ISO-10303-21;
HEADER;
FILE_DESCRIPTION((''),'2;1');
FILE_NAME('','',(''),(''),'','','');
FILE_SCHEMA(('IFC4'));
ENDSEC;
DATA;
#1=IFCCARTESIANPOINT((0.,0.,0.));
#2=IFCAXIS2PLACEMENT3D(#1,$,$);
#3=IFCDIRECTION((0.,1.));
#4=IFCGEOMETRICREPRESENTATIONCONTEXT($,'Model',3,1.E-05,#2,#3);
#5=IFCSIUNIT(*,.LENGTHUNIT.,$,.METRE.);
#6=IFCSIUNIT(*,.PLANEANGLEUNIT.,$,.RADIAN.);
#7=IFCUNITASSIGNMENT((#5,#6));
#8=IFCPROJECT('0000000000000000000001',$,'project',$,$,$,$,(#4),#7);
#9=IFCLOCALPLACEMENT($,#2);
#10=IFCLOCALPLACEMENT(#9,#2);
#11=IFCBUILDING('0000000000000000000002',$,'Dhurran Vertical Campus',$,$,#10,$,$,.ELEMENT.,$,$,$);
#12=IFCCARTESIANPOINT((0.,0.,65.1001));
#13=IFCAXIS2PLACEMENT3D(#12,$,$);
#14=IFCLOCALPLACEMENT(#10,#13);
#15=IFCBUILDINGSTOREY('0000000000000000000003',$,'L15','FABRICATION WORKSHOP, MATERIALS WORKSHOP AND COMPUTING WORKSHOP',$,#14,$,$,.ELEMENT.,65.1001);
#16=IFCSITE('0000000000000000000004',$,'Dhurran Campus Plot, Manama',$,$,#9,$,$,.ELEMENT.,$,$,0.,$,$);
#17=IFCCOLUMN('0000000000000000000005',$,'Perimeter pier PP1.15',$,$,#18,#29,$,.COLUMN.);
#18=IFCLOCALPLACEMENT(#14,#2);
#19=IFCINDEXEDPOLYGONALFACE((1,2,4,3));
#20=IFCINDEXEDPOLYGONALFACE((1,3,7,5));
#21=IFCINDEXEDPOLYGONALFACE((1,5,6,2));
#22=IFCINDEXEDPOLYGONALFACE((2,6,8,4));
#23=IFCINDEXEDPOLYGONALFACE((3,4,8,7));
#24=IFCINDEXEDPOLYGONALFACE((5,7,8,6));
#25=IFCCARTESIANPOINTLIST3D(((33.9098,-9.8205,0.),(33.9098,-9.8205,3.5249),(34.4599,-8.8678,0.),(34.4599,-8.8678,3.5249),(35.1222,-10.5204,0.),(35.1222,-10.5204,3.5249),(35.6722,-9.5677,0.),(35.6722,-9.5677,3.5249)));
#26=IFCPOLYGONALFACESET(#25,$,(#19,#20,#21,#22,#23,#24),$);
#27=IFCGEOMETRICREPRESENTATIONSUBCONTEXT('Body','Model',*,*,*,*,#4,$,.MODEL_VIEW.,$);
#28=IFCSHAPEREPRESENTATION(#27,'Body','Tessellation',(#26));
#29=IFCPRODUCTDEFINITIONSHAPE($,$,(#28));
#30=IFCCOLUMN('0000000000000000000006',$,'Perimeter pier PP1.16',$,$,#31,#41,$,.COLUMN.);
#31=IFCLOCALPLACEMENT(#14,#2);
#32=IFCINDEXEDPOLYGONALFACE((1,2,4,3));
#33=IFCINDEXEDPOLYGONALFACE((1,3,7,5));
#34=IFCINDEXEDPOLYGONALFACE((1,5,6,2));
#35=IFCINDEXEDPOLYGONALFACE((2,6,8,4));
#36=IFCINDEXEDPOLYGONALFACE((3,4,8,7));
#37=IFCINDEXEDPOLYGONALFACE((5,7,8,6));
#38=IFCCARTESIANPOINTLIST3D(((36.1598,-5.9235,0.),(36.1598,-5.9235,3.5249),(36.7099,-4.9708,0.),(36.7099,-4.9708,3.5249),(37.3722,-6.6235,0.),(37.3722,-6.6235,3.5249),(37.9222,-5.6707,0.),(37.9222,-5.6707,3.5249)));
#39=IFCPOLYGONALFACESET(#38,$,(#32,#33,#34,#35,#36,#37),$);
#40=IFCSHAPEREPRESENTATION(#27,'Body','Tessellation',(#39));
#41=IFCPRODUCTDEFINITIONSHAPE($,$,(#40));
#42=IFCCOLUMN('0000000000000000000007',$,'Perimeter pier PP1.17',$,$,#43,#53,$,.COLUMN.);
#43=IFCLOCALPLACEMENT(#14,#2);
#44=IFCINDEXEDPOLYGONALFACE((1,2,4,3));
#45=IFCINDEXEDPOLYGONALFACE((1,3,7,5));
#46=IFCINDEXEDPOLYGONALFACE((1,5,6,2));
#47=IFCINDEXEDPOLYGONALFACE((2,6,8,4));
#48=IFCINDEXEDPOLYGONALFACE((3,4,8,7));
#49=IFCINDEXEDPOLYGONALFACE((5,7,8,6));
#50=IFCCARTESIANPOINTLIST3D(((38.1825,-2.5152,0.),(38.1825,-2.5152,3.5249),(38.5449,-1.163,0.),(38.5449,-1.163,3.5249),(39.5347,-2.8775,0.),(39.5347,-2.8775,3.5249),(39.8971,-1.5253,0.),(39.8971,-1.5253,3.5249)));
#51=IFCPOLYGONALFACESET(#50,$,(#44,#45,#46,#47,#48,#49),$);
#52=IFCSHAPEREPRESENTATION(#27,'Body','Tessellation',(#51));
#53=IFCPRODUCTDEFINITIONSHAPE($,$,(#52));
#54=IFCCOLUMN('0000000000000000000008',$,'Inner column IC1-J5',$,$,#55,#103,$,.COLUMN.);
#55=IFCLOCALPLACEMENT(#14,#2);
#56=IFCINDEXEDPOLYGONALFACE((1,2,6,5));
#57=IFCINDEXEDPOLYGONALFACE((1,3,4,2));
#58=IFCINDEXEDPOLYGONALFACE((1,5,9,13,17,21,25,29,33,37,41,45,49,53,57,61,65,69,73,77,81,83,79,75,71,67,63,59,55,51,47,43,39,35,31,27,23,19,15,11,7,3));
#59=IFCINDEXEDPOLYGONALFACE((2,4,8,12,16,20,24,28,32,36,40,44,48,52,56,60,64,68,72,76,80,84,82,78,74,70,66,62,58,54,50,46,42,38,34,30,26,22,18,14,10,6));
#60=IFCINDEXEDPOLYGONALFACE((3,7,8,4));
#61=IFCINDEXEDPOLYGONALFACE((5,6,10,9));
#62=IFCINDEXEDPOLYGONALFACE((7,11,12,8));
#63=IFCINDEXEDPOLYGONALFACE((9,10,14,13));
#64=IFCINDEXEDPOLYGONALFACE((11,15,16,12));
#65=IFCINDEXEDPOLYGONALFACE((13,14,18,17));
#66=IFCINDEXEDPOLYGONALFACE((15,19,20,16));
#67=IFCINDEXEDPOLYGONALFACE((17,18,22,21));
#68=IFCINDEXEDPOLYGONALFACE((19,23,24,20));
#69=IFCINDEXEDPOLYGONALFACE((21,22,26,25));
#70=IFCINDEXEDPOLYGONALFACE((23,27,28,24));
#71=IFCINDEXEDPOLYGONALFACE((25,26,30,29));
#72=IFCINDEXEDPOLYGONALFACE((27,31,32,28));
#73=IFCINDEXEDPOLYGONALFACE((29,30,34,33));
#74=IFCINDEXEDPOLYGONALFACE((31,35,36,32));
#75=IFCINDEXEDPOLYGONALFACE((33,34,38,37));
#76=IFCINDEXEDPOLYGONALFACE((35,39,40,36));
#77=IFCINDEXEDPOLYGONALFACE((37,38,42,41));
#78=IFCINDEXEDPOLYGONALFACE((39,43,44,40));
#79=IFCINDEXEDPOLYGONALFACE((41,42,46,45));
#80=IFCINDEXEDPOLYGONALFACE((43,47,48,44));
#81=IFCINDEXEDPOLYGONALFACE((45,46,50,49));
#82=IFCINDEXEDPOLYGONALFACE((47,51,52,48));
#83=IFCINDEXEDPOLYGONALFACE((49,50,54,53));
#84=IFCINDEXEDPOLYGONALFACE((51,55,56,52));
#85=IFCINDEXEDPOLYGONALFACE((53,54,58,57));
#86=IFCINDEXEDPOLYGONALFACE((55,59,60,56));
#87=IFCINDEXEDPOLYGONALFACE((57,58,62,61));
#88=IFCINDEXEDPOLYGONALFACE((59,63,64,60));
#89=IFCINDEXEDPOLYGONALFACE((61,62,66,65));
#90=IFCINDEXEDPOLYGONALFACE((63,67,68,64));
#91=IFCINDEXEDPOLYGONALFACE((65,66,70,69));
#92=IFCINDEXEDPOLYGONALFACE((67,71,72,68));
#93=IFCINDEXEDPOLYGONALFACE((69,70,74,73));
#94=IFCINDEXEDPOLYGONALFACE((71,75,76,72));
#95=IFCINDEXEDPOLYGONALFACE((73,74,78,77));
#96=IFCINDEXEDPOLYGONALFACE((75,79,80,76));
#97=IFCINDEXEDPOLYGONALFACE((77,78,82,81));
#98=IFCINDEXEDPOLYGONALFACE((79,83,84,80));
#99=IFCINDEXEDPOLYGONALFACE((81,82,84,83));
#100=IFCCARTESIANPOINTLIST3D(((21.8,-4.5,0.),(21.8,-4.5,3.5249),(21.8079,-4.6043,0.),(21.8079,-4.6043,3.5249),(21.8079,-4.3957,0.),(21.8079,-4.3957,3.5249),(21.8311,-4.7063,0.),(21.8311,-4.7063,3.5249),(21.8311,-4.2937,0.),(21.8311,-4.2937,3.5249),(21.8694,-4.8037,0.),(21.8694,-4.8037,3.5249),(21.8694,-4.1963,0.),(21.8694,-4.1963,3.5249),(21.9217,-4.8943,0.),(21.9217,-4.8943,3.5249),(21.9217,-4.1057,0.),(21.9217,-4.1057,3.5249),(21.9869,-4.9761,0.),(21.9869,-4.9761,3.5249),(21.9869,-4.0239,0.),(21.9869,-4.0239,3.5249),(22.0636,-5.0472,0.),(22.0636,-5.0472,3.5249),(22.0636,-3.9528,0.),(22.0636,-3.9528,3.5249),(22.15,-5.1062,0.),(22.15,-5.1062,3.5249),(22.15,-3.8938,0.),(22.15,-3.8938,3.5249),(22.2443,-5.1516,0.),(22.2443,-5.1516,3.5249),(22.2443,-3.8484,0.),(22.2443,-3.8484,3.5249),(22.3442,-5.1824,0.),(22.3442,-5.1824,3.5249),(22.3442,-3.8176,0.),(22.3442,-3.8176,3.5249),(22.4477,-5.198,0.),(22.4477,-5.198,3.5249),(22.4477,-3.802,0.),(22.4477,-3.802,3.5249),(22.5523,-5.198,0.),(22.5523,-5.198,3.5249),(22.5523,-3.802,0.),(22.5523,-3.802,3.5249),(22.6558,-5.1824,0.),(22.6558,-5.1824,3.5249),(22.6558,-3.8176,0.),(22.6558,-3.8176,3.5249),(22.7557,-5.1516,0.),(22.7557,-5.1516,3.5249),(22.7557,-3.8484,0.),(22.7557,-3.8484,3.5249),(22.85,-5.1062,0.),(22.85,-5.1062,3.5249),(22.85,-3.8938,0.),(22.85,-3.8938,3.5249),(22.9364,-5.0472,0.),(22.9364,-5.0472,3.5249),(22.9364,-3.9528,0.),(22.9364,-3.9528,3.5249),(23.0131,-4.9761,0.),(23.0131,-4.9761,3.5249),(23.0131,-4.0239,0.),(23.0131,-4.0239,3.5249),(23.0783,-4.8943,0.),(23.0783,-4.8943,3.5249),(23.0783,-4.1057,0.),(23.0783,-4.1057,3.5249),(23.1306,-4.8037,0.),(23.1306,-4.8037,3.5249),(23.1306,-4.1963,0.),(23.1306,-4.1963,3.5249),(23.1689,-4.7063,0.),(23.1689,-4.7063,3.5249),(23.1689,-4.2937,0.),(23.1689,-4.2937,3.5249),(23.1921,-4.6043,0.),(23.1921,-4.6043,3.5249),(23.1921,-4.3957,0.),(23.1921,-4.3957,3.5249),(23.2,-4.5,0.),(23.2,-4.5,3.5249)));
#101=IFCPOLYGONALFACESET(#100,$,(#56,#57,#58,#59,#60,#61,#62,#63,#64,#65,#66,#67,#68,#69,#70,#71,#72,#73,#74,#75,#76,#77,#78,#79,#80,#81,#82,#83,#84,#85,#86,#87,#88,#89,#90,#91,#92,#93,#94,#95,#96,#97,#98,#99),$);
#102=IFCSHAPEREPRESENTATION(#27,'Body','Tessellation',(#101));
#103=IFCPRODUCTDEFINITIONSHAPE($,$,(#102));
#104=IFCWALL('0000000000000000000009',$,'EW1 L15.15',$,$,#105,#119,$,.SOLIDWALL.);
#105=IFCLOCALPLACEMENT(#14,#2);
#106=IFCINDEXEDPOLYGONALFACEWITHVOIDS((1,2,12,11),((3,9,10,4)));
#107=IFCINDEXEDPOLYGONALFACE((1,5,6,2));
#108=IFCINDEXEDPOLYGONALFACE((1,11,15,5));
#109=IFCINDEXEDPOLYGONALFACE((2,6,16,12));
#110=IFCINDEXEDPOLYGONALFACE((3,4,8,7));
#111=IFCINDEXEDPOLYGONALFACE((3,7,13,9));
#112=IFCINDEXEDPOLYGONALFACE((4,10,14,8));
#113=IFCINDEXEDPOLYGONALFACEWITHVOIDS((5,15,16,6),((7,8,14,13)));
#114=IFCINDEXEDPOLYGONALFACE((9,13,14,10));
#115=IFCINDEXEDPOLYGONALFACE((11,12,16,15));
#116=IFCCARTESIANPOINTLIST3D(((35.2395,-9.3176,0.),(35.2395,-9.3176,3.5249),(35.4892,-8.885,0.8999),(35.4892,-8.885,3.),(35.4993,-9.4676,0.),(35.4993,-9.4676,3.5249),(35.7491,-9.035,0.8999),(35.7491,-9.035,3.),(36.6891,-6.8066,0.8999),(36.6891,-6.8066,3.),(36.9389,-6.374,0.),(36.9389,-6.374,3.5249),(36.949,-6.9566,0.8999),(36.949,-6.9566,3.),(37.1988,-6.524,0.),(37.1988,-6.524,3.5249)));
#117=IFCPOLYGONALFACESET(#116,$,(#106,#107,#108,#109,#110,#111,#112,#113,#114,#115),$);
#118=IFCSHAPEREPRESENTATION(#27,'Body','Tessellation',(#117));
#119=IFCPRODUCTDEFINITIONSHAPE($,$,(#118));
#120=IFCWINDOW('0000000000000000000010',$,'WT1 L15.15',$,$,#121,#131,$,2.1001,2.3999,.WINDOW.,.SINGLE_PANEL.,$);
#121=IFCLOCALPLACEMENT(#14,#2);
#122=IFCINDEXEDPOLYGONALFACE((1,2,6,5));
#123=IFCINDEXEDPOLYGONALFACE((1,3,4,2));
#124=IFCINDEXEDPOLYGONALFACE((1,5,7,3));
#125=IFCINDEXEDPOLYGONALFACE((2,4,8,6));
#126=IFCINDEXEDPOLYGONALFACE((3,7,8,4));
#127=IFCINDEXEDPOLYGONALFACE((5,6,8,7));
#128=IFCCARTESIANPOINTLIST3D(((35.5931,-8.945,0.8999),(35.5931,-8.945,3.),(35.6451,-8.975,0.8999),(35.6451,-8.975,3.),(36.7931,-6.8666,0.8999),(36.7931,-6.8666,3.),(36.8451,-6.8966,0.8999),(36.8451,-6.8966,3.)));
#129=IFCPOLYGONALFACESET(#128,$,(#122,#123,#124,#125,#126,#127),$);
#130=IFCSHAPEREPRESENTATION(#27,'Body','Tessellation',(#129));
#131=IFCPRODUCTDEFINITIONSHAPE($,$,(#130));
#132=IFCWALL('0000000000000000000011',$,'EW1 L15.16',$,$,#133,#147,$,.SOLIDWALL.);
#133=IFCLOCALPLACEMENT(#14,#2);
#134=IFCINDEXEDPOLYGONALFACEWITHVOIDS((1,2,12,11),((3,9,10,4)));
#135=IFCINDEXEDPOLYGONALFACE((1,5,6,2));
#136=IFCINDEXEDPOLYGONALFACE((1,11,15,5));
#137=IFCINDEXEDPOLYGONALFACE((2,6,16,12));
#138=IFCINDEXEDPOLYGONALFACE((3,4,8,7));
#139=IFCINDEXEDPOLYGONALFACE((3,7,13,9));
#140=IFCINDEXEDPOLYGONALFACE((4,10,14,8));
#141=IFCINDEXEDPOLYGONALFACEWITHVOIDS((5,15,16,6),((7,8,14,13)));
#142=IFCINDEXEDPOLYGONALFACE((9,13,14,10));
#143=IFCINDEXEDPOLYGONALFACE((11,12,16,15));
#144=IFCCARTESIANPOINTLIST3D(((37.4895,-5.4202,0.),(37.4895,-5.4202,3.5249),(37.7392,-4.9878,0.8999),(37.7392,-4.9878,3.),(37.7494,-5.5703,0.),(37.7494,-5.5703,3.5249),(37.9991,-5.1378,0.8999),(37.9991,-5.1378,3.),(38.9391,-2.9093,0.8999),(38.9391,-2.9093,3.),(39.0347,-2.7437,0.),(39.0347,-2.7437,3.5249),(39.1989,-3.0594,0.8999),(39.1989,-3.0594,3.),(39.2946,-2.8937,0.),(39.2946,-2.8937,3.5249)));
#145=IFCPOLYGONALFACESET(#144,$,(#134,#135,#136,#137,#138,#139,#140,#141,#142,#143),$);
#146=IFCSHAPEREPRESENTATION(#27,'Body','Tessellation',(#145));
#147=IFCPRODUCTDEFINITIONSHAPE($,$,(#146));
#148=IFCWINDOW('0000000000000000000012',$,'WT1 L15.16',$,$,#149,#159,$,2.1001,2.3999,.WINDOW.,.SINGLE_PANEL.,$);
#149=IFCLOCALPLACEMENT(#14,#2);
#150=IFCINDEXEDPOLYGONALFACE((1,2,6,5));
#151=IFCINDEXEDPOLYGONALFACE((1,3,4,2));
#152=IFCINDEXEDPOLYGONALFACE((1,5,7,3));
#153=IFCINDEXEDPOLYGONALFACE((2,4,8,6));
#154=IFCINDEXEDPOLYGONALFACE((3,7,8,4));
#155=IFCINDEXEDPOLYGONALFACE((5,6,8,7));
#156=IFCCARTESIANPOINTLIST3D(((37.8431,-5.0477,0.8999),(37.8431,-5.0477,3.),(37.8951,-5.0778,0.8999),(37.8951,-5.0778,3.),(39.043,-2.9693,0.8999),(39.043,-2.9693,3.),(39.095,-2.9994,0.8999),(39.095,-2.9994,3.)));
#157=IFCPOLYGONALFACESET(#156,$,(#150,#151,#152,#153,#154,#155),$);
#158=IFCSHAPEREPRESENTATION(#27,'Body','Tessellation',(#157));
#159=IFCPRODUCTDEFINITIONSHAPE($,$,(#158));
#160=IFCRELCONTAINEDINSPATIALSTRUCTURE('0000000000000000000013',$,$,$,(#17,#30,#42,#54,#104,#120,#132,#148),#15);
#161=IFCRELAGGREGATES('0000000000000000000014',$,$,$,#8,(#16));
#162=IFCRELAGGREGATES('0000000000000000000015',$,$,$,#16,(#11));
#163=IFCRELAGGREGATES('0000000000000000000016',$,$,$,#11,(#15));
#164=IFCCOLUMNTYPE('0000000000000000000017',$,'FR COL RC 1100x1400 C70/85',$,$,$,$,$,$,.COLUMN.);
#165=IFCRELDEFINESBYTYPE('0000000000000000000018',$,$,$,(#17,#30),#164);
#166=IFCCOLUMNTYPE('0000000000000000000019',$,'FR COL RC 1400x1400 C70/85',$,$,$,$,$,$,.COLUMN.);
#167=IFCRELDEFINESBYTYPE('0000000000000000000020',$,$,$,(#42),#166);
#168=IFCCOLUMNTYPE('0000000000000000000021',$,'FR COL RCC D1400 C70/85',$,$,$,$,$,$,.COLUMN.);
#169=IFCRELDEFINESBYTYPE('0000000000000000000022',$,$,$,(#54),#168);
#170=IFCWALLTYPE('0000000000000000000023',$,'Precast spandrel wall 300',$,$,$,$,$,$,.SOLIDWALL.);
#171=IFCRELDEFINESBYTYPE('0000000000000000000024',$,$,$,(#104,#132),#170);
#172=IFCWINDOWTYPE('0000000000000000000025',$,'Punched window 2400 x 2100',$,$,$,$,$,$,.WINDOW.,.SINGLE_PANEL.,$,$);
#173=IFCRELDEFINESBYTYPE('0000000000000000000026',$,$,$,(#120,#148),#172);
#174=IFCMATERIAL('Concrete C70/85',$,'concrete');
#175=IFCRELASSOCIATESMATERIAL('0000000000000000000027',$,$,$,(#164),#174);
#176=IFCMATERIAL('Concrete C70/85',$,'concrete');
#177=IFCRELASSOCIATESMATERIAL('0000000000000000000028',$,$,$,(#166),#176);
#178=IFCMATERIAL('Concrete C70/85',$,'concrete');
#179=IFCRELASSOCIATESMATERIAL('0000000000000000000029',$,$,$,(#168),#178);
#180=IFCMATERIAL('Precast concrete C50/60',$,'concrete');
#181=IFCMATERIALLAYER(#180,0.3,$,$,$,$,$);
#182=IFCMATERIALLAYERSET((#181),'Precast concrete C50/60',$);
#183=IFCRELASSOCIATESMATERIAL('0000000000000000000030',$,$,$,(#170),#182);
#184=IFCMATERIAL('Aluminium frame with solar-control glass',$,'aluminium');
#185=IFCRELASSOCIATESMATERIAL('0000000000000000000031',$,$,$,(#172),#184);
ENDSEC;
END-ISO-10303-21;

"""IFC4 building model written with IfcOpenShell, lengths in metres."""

from ifc_helpers import new_model, si_unit, direction, frame, frame_2d, origin, origin_2d, place, context, subcontext, project, spatial, rectangle, circle, extrude, material, layer, layer_set, material_profile, profile_set, type_object, element, fill, save


model = new_model("IFC4")

# Units and contexts
model_context = context("Model", 3, precision=1e-05, world=origin(), true_north=direction((0.0, 1.0)))
body_context = subcontext(model_context, "Body", "Model", "MODEL_VIEW")
ifc_project = project(units=[si_unit("LENGTHUNIT", "METRE"), si_unit("PLANEANGLEUNIT", "RADIAN")], contexts=[model_context])

# Site, building, storey
site_placement = place(None, origin())
site = spatial("IfcSite", under=ifc_project, at=site_placement, Name="Dhurran Campus Plot, Manama", CompositionType="ELEMENT", RefElevation=0.0)
building_placement = place(site_placement, origin())
building = spatial("IfcBuilding", under=site, at=building_placement, Name="Dhurran Vertical Campus", CompositionType="ELEMENT")
storey_placement = place(building_placement, frame((0.0, 0.0, 65.1001)))
storey = spatial("IfcBuildingStorey", under=building, at=storey_placement, Name="L15", Description="FABRICATION WORKSHOP, MATERIALS WORKSHOP AND COMPUTING WORKSHOP", CompositionType="ELEMENT", Elevation=65.1001)

# Columns
ifc_material_1 = material(Name="Concrete C70/85", Category="concrete")
ifc_material_profile_1 = material_profile(ifc_material_1, rectangle(XDim=1.1001, YDim=1.3999, at=origin_2d()), Name="RC 1100x1400")
ifc_profile_set_1 = profile_set([ifc_material_profile_1], Name="Concrete C70/85")
column_type_1 = type_object("IfcColumnType", Name="FR COL RC 1100x1400 C70/85", PredefinedType="COLUMN", material=ifc_profile_set_1)
for number, where, z_axis, x_axis, name in (
    (1, (34.791, -9.6941, 0.0), (0.0, 0.0, 1.0), (0.5, 0.866025, 0.0), "Perimeter pier PP1.15"),
    (2, (37.041, -5.7971, 0.0), (0.0, 0.0, 1.0), (0.5, 0.866025, 0.0), "Perimeter pier PP1.16"),
):
    element("IfcColumn", number, at=place(storey_placement, frame(where, z_axis=z_axis, x_axis=x_axis)), inside=storey, type_object=column_type_1, Name=name, PredefinedType="COLUMN", context=body_context, shape_type="SweptSolid", body=[
        extrude(rectangle(XDim=1.1001, YDim=1.3999, at=origin_2d()), origin(), (0.0, 0.0, 1.0), 3.5249),
    ])
ifc_material_2 = material(Name="Concrete C70/85", Category="concrete")
ifc_material_profile_2 = material_profile(ifc_material_2, rectangle(XDim=1.3999, YDim=1.3999, at=origin_2d()), Name="RC 1400x1400")
ifc_profile_set_2 = profile_set([ifc_material_profile_2], Name="Concrete C70/85")
column_type_2 = type_object("IfcColumnType", Name="FR COL RC 1400x1400 C70/85", PredefinedType="COLUMN", material=ifc_profile_set_2)
column_1_placement = place(storey_placement, frame((39.0398, -2.0203, 0.0), z_axis=(0.0, 0.0, 1.0), x_axis=(0.258819, 0.965926, 0.0)))
element("IfcColumn", 3, at=column_1_placement, inside=storey, type_object=column_type_2, Name="Perimeter pier PP1.17", PredefinedType="COLUMN", context=body_context, shape_type="SweptSolid", body=[
    extrude(rectangle(XDim=1.3999, YDim=1.3999, at=origin_2d()), origin(), (0.0, 0.0, 1.0), 3.5249),
])
ifc_material_3 = material(Name="Concrete C70/85", Category="concrete")
ifc_material_profile_3 = material_profile(ifc_material_3, circle(Radius=0.7, at=origin_2d()), Name="RCC D1400")
ifc_profile_set_3 = profile_set([ifc_material_profile_3], Name="Concrete C70/85")
column_type_3 = type_object("IfcColumnType", Name="FR COL RCC D1400 C70/85", PredefinedType="COLUMN", material=ifc_profile_set_3)
column_2_placement = place(storey_placement, frame((22.5, -4.5, 0.0), z_axis=(0.0, 0.0, 1.0), x_axis=(1.0, 0.0, 0.0)))
element("IfcColumn", 4, at=column_2_placement, inside=storey, type_object=column_type_3, Name="Inner column IC1-J5", PredefinedType="COLUMN", context=body_context, shape_type="SweptSolid", body=[
    extrude(circle(Radius=0.7, at=origin_2d()), origin(), (0.0, 0.0, 1.0), 3.5249),
])

# Walls, openings, windows
ifc_material_4 = material(Name="Precast concrete C50/60", Category="concrete")
ifc_layer_1 = layer(ifc_material_4, 0.3)
ifc_layer_set_1 = layer_set([ifc_layer_1], Name="Precast concrete C50/60")
wall_type_1 = type_object("IfcWallType", Name="Precast spandrel wall 300", PredefinedType="SOLIDWALL", material=ifc_layer_set_1)
wall_1_placement = place(storey_placement, frame((35.3694, -9.3926, 0.0), z_axis=(0.0, 0.0, 1.0), x_axis=(0.499994, 0.866029, 0.0)))
wall_1 = element("IfcWall", 5, at=wall_1_placement, inside=storey, type_object=wall_type_1, Name="EW1 L15.15", PredefinedType="SOLIDWALL", context=body_context, shape_type="SweptSolid", body=[
    extrude(rectangle(XDim=3.3989, YDim=0.3, at=frame_2d((1.6995, 0.0))), origin(), (0.0, 0.0, 1.0), 3.5249),
])
opening_1_placement = place(wall_1_placement, frame((0.4995, 0.0, 0.8999)))
opening_1 = element("IfcOpeningElement", 6, at=opening_1_placement, cuts=wall_1, PredefinedType="OPENING", context=body_context, shape_type="SweptSolid", body=[
    extrude(rectangle(XDim=2.3999, YDim=2.1001, at=frame_2d((1.2, 1.05))), frame((0.0, 0.1599, 0.0), z_axis=(0.0, -1.0, 0.0), x_axis=(1.0, 0.0, 0.0)), (0.0, 0.0, 1.0), 0.3201),
])
ifc_material_5 = material(Name="Aluminium frame with solar-control glass", Category="aluminium")
window_type = type_object("IfcWindowType", Name="Punched window 2400 x 2100", PartitioningType="SINGLE_PANEL", PredefinedType="WINDOW", material=ifc_material_5)
window_1_placement = place(opening_1_placement, origin())
window_1 = element("IfcWindow", 7, at=window_1_placement, inside=storey, type_object=window_type, Name="WT1 L15.15", OverallHeight=2.1001, OverallWidth=2.3999, PartitioningType="SINGLE_PANEL", PredefinedType="WINDOW", context=body_context, shape_type="SweptSolid", body=[
    extrude(rectangle(XDim=2.3999, YDim=2.1001, at=frame_2d((1.2, 1.05))), frame((0.0, 0.03, 0.0), z_axis=(0.0, -1.0, 0.0), x_axis=(1.0, 0.0, 0.0)), (0.0, 0.0, 1.0), 0.0601),
])
fill(opening_1, window_1)
wall_2_placement = place(storey_placement, frame((37.6194, -5.4954, 0.0), z_axis=(0.0, 0.0, 1.0), x_axis=(0.499971, 0.866042, 0.0)))
wall_2 = element("IfcWall", 8, at=wall_2_placement, inside=storey, type_object=wall_type_1, Name="EW1 L15.16", PredefinedType="SOLIDWALL", context=body_context, shape_type="SweptSolid", body=[
    extrude(rectangle(XDim=3.0906, YDim=0.3, at=frame_2d((1.5454, 0.0))), origin(), (0.0, 0.0, 1.0), 3.5249),
])
opening_2_placement = place(wall_2_placement, frame((0.4995, 0.0, 0.8999)))
opening_2 = element("IfcOpeningElement", 9, at=opening_2_placement, cuts=wall_2, PredefinedType="OPENING", context=body_context, shape_type="SweptSolid", body=[
    extrude(rectangle(XDim=2.3999, YDim=2.1001, at=frame_2d((1.2, 1.05))), frame((0.0, 0.1599, 0.0), z_axis=(0.0, -1.0, 0.0), x_axis=(1.0, 0.0, 0.0)), (0.0, 0.0, 1.0), 0.3201),
])
window_2_placement = place(opening_2_placement, origin())
window_2 = element("IfcWindow", 10, at=window_2_placement, inside=storey, type_object=window_type, Name="WT1 L15.16", OverallHeight=2.1001, OverallWidth=2.3999, PartitioningType="SINGLE_PANEL", PredefinedType="WINDOW", context=body_context, shape_type="SweptSolid", body=[
    extrude(rectangle(XDim=2.3999, YDim=2.1001, at=frame_2d((1.2, 1.05))), frame((0.0, 0.03, 0.0), z_axis=(0.0, -1.0, 0.0), x_axis=(1.0, 0.0, 0.0)), (0.0, 0.0, 1.0), 0.0601),
])
fill(opening_2, window_2)

save(model, "model.ifc")
